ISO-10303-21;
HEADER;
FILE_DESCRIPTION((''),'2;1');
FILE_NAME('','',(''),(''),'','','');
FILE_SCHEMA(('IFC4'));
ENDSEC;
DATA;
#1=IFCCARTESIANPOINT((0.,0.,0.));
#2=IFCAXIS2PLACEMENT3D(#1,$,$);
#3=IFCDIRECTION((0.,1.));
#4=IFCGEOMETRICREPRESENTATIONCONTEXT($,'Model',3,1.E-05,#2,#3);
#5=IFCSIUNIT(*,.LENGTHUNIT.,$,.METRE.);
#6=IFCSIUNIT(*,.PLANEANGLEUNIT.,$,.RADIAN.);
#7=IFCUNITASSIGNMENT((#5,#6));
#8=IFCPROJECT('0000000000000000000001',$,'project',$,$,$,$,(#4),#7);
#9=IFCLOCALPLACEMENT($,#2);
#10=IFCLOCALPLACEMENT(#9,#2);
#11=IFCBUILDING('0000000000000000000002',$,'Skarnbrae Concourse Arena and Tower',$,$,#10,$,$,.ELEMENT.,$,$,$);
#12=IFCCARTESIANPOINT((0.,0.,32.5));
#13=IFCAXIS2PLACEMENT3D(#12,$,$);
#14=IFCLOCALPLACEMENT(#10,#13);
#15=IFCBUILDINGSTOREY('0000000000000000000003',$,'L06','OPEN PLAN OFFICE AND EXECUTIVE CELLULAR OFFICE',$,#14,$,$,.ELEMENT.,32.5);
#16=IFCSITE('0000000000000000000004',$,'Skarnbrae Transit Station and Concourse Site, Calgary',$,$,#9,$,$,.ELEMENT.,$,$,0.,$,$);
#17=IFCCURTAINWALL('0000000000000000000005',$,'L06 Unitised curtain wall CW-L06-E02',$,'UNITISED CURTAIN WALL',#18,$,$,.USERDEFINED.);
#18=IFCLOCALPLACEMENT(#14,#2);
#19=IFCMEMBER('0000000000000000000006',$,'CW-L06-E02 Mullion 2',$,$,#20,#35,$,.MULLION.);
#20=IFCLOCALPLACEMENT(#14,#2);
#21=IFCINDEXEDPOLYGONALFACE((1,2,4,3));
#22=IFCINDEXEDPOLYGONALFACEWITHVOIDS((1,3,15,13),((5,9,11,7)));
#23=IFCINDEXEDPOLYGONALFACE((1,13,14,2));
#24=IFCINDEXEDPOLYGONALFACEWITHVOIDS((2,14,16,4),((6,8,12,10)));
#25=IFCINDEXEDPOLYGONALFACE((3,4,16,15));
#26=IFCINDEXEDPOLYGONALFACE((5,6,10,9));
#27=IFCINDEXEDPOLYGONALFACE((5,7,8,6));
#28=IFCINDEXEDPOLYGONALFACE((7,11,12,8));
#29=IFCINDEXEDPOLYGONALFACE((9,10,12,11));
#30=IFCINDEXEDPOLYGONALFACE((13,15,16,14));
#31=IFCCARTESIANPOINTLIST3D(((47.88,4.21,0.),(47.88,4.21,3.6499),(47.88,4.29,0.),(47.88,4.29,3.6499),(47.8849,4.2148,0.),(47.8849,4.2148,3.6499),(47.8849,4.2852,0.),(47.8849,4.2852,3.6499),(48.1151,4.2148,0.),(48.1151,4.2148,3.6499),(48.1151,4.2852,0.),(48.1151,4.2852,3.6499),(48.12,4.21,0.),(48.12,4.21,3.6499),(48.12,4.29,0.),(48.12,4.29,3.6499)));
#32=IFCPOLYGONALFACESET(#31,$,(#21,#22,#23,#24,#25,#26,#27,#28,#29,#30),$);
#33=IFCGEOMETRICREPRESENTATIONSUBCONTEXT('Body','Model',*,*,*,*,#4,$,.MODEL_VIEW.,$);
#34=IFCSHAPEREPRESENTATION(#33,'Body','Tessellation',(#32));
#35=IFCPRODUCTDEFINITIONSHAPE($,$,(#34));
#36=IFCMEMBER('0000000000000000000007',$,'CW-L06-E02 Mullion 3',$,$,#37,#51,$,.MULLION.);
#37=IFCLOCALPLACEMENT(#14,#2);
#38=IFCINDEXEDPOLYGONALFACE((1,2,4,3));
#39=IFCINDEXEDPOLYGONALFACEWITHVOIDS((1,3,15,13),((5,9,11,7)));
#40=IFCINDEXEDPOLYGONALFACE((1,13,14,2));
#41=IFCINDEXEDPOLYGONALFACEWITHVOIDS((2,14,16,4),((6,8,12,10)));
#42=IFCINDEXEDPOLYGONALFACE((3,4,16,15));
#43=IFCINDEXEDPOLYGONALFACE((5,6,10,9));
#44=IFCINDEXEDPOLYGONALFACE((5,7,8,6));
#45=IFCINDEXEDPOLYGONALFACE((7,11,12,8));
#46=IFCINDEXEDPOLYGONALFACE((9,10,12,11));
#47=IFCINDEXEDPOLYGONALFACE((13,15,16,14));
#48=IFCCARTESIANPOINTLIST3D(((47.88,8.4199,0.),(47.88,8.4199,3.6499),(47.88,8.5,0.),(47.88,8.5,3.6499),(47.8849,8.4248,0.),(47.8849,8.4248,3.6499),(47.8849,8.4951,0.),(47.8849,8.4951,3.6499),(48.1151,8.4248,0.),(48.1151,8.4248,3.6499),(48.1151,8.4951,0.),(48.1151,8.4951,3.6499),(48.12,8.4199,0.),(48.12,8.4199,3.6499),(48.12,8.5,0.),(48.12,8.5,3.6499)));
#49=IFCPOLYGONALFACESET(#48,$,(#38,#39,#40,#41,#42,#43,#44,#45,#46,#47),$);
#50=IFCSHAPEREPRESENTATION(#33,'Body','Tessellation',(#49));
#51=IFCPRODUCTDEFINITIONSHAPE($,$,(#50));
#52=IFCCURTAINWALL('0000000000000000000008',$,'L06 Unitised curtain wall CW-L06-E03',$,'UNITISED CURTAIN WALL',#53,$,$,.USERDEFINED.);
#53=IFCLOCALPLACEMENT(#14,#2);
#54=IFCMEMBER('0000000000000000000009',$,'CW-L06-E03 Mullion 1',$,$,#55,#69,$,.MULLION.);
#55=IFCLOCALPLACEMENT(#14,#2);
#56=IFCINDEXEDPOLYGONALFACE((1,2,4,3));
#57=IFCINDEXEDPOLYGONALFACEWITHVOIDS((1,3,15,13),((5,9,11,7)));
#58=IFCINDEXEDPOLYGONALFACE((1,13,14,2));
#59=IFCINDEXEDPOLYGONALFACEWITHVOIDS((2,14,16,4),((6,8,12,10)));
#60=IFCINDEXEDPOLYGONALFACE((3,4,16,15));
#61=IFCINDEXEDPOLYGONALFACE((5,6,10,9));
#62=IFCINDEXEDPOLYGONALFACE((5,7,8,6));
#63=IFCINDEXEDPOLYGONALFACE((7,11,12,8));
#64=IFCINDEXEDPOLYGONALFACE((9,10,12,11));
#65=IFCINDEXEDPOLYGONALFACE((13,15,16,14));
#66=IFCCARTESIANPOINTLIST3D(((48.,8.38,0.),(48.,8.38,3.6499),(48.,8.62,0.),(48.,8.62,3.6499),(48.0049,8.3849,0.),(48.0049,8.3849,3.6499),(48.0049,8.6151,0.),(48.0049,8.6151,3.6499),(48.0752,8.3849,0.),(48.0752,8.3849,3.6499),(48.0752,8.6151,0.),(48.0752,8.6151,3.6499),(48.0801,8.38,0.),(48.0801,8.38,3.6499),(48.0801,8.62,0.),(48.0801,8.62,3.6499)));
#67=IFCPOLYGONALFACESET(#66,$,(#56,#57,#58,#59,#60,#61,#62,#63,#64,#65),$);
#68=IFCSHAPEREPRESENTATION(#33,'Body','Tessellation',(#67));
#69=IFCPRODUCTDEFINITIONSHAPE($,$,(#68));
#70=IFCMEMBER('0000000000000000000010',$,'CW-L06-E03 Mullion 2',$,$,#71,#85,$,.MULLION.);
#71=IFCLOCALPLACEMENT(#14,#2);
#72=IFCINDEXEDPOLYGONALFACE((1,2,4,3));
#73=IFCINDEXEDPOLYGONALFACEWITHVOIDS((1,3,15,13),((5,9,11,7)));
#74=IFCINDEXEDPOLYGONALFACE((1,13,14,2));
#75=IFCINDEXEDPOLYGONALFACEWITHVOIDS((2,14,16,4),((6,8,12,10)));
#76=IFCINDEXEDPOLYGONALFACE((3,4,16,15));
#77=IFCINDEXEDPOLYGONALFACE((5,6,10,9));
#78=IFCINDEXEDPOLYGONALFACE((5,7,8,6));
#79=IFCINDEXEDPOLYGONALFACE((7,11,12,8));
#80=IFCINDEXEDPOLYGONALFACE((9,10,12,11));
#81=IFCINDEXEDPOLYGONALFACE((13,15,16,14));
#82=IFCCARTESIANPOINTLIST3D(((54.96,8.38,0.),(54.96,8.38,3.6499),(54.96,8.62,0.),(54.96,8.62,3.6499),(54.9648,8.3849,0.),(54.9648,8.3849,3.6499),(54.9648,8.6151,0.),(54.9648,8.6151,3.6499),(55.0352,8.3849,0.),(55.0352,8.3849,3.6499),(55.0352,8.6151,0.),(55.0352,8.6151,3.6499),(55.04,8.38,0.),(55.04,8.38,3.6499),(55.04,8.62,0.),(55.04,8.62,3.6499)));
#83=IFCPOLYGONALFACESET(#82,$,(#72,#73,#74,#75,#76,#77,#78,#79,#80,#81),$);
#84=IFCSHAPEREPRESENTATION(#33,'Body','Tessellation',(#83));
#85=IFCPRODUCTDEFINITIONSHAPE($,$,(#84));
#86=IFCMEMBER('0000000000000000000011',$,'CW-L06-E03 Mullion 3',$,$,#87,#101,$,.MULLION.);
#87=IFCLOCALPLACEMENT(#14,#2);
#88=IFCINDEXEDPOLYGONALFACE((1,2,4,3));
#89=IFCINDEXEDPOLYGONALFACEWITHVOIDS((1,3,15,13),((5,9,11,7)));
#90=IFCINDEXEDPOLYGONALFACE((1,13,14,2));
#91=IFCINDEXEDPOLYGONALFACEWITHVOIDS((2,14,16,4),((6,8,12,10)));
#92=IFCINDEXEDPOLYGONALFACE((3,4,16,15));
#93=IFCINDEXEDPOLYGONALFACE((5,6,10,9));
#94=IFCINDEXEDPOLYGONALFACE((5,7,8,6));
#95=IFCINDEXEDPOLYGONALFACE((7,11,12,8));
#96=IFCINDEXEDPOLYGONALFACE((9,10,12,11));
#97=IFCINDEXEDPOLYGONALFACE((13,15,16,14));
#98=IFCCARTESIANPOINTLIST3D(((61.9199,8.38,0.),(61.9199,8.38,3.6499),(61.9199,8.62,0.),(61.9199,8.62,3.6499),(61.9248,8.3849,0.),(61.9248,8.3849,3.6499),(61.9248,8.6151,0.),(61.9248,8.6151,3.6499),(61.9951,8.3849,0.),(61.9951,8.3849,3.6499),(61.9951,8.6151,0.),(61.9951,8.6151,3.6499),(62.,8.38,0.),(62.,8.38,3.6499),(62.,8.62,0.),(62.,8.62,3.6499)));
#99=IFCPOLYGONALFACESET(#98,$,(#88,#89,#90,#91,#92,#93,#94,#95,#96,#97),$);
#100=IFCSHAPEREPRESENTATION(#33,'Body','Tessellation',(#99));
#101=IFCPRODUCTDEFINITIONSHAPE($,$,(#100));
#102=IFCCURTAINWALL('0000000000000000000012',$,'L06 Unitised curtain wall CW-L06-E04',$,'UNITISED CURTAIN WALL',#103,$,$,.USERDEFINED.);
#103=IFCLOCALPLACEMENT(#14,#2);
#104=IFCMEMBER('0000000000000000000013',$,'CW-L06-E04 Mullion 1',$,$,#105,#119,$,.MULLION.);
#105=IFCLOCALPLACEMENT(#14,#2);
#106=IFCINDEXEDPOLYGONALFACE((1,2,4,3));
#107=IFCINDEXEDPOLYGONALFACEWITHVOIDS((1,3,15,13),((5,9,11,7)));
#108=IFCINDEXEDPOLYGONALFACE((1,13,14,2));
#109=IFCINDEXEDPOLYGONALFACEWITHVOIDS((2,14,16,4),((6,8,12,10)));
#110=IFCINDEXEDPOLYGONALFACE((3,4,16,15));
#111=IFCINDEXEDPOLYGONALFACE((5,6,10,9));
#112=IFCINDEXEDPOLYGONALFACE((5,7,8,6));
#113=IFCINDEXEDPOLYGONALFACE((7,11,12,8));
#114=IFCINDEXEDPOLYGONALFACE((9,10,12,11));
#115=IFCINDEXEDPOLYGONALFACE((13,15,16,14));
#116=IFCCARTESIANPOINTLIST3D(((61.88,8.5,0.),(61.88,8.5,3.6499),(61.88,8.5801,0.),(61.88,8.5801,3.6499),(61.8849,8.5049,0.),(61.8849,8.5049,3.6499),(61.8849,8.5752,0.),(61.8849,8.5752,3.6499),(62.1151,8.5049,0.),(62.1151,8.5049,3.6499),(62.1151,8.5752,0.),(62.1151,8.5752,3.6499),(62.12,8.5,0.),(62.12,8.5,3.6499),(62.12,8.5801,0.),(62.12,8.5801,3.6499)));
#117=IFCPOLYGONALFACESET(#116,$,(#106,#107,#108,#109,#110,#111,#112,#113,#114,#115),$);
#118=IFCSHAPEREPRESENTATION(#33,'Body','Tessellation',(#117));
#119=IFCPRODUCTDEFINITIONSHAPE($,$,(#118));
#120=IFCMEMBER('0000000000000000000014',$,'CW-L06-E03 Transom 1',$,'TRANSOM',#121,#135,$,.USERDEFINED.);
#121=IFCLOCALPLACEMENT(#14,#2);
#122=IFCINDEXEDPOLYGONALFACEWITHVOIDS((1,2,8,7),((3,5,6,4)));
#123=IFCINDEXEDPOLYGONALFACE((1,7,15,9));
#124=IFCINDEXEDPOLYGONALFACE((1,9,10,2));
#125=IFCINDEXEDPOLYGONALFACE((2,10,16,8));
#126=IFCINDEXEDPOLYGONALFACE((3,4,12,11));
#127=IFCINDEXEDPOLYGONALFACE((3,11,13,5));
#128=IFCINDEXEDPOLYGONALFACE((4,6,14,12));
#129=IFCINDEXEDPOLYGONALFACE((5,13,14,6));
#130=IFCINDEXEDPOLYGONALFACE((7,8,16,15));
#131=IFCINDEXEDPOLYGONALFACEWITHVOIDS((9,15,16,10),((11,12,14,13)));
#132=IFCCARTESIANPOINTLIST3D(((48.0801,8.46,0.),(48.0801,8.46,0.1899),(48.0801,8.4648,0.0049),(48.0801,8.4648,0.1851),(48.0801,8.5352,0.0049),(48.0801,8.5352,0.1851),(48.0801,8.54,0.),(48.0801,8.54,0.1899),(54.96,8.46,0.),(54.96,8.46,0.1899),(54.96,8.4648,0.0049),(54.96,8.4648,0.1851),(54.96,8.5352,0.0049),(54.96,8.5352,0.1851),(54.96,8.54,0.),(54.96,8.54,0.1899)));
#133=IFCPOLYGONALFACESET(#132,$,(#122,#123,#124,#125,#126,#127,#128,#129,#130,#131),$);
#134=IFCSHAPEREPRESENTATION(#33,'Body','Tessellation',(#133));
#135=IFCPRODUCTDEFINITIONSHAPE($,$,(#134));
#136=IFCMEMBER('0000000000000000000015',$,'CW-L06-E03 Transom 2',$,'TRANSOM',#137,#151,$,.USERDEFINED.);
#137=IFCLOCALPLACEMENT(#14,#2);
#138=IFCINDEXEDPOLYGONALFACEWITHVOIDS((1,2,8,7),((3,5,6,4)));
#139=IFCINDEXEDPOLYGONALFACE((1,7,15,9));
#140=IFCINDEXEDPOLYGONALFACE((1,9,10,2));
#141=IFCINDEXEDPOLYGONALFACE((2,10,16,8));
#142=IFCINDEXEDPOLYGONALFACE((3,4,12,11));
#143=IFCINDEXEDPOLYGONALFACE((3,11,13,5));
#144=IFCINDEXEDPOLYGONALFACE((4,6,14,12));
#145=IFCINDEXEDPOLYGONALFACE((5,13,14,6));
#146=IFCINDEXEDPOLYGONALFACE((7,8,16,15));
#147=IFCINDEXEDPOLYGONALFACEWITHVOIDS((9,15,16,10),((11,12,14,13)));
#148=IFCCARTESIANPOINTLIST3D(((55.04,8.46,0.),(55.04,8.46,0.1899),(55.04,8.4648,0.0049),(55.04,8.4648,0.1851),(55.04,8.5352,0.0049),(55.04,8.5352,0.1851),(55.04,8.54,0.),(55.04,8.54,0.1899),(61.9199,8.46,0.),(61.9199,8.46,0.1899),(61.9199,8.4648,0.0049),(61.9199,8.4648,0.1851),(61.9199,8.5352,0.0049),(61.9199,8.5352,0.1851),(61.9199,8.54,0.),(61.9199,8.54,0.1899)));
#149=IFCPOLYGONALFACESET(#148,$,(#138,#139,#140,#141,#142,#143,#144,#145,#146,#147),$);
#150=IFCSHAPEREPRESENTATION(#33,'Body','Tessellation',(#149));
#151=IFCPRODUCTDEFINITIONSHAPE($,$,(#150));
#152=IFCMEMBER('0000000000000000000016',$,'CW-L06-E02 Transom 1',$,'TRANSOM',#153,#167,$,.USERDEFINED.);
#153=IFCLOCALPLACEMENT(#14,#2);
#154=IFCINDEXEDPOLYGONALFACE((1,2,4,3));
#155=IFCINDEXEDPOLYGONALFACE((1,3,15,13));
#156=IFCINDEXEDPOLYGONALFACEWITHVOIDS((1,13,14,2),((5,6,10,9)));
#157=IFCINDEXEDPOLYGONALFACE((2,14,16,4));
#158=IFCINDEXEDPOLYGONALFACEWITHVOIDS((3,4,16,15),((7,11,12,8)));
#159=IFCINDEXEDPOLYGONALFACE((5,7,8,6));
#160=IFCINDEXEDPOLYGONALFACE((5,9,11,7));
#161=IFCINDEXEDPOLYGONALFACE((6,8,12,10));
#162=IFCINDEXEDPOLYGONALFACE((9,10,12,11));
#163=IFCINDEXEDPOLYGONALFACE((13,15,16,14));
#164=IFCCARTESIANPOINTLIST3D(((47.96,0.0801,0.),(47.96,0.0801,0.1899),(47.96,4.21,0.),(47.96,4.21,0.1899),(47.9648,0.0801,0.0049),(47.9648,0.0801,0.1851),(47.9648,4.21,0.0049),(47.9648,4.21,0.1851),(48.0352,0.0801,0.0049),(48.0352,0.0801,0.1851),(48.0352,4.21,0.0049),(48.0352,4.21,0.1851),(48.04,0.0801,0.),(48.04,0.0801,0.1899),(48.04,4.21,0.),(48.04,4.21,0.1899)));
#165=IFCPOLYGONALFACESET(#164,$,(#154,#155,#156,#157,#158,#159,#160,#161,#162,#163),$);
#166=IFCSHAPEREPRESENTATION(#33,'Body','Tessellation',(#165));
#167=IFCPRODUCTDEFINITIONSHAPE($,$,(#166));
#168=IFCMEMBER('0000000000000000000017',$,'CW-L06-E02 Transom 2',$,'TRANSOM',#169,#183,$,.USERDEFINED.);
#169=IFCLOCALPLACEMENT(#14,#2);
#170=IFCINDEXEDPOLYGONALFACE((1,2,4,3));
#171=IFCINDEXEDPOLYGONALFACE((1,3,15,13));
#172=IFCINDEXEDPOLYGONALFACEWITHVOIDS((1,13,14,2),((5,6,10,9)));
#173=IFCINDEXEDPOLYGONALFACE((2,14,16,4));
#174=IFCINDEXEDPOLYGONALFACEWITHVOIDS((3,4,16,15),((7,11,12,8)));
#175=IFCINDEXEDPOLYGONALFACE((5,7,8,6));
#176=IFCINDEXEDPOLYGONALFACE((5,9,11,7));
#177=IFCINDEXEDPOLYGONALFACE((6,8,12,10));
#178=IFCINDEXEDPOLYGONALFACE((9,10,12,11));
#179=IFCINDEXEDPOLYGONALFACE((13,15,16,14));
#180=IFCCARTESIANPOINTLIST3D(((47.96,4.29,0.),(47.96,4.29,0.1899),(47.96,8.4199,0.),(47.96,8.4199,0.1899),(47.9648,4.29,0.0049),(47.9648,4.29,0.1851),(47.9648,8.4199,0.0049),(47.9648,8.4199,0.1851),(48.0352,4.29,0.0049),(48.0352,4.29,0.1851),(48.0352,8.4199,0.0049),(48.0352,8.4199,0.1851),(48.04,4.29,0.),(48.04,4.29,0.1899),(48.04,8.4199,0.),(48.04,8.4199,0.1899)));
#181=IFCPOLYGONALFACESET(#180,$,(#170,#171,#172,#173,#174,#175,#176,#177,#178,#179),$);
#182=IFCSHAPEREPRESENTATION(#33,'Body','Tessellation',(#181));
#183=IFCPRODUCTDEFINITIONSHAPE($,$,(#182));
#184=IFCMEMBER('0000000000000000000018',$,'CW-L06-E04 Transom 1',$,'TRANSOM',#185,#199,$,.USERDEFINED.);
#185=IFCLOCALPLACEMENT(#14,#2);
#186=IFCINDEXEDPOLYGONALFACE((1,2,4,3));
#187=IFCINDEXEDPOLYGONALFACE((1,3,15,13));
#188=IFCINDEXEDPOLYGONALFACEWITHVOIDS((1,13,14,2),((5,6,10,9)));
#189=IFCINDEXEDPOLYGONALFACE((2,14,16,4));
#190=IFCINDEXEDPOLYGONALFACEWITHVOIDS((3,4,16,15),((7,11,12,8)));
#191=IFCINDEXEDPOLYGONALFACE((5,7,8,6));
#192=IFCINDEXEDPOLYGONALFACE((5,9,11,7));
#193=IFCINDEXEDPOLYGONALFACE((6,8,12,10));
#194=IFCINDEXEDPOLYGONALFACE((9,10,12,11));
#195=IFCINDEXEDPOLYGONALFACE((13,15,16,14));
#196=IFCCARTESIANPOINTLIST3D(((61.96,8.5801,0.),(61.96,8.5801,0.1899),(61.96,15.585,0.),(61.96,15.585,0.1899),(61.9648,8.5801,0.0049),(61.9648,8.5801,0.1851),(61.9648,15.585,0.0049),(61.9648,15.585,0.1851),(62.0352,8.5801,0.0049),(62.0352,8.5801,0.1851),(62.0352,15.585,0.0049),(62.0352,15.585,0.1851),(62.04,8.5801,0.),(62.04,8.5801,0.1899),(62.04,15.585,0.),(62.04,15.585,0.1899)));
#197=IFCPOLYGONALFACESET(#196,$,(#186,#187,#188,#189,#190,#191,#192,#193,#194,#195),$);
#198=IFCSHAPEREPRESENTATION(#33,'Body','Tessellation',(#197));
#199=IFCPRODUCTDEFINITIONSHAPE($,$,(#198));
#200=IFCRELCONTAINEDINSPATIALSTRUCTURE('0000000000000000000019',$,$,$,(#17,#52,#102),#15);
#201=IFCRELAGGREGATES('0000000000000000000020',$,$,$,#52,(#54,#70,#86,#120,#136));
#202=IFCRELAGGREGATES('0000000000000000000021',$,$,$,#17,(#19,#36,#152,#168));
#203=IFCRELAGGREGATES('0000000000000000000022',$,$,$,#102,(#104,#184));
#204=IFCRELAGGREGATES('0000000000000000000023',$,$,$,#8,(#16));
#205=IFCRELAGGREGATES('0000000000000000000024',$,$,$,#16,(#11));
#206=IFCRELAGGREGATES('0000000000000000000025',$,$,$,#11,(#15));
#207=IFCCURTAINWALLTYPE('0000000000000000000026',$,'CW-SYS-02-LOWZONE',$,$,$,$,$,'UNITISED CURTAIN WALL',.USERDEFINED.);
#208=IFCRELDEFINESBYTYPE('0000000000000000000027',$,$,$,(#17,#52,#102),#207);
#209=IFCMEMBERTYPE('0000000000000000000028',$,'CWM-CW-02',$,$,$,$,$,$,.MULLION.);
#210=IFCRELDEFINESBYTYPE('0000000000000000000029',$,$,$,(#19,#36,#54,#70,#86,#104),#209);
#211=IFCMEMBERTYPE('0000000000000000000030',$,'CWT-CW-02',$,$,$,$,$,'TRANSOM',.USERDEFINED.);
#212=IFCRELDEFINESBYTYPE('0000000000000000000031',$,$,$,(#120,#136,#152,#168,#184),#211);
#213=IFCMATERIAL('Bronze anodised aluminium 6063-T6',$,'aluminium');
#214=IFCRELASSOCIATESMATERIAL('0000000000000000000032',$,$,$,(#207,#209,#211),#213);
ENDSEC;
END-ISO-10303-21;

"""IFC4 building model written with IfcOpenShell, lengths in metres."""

from ifc_helpers import new_model, si_unit, direction, frame, origin, origin_2d, place, context, subcontext, project, spatial, hollow_rectangle, extrude, source, transform, mapped, material, material_profile, profile_set, type_object, element, aggregate, save


model = new_model("IFC4")

# Units and contexts
model_context = context("Model", 3, precision=1e-05, world=origin(), true_north=direction((0.0, 1.0)))
body_context = subcontext(model_context, "Body", "Model", "MODEL_VIEW")
ifc_project = project(units=[si_unit("LENGTHUNIT", "METRE"), si_unit("PLANEANGLEUNIT", "RADIAN")], contexts=[model_context])

# Site, building, storey
site_placement = place(None, origin())
site = spatial("IfcSite", under=ifc_project, at=site_placement, Name="Skarnbrae Transit Station and Concourse Site, Calgary", CompositionType="ELEMENT", RefElevation=0.0)
building_placement = place(site_placement, origin())
building = spatial("IfcBuilding", under=site, at=building_placement, Name="Skarnbrae Concourse Arena and Tower", CompositionType="ELEMENT")
storey_placement = place(building_placement, frame((0.0, 0.0, 32.5)))
storey = spatial("IfcBuildingStorey", under=building, at=storey_placement, Name="L06", Description="OPEN PLAN OFFICE AND EXECUTIVE CELLULAR OFFICE", CompositionType="ELEMENT", Elevation=32.5)

# Shared definitions
ifc_material_1 = material(Name="Bronze anodised aluminium 6063-T6", Category="aluminium")
curtain_wall_type = type_object("IfcCurtainWallType", Name="CW-SYS-02-LOWZONE", ElementType="UNITISED CURTAIN WALL", PredefinedType="USERDEFINED", material=ifc_material_1)
ifc_material_profile_1 = material_profile(ifc_material_1, hollow_rectangle(XDim=0.0801, YDim=0.24, WallThickness=0.0049, at=origin_2d()), Name="ALU-MULL-80X240")
ifc_profile_set_1 = profile_set([ifc_material_profile_1], Name="Bronze anodised aluminium 6063-T6")
member_type_1 = type_object("IfcMemberType", Name="CWM-CW-02", PredefinedType="MULLION", material=ifc_profile_set_1)
shared_shape_1 = source(origin(), body_context, "Body", "SweptSolid", [
    extrude(hollow_rectangle(XDim=0.0801, YDim=0.24, WallThickness=0.0049, at=origin_2d()), origin(), (0.0, 0.0, 1.0), 3.6499),
])

# Curtain walls, members
curtain_wall_1_placement = place(storey_placement, origin())
curtain_wall_1 = element("IfcCurtainWall", 1, at=curtain_wall_1_placement, inside=storey, type_object=curtain_wall_type, Name="L06 Unitised curtain wall CW-L06-E02", ObjectType="UNITISED CURTAIN WALL", PredefinedType="USERDEFINED")
member_1_placement = place(storey_placement, frame((48.0, 4.25, 0.0), z_axis=(0.0, 0.0, 1.0), x_axis=(0.0, 1.0, 0.0)))
member_1 = element("IfcMember", 2, at=member_1_placement, type_object=member_type_1, Name="CW-L06-E02 Mullion 2", PredefinedType="MULLION", context=body_context, shape_type="MappedRepresentation", body=[
    mapped(shared_shape_1, transform((0.0, 0.0, 0.0))),
])
member_2_placement = place(storey_placement, frame((48.0, 8.46, 0.0), z_axis=(0.0, 0.0, 1.0), x_axis=(0.0, 1.0, 0.0)))
member_2 = element("IfcMember", 3, at=member_2_placement, type_object=member_type_1, Name="CW-L06-E02 Mullion 3", PredefinedType="MULLION", context=body_context, shape_type="MappedRepresentation", body=[
    mapped(shared_shape_1, transform((0.0, 0.0, 0.0))),
])
curtain_wall_2_placement = place(storey_placement, origin())
curtain_wall_2 = element("IfcCurtainWall", 4, at=curtain_wall_2_placement, inside=storey, type_object=curtain_wall_type, Name="L06 Unitised curtain wall CW-L06-E03", ObjectType="UNITISED CURTAIN WALL", PredefinedType="USERDEFINED")
member_3_placement = place(storey_placement, frame((48.04, 8.5, 0.0), z_axis=(0.0, 0.0, 1.0), x_axis=(1.0, 0.0, 0.0)))
member_3 = element("IfcMember", 5, at=member_3_placement, type_object=member_type_1, Name="CW-L06-E03 Mullion 1", PredefinedType="MULLION", context=body_context, shape_type="MappedRepresentation", body=[
    mapped(shared_shape_1, transform((0.0, 0.0, 0.0))),
])
member_4_placement = place(storey_placement, frame((55.0, 8.5, 0.0), z_axis=(0.0, 0.0, 1.0), x_axis=(1.0, 0.0, 0.0)))
member_4 = element("IfcMember", 6, at=member_4_placement, type_object=member_type_1, Name="CW-L06-E03 Mullion 2", PredefinedType="MULLION", context=body_context, shape_type="MappedRepresentation", body=[
    mapped(shared_shape_1, transform((0.0, 0.0, 0.0))),
])
member_5_placement = place(storey_placement, frame((61.96, 8.5, 0.0), z_axis=(0.0, 0.0, 1.0), x_axis=(1.0, 0.0, 0.0)))
member_5 = element("IfcMember", 7, at=member_5_placement, type_object=member_type_1, Name="CW-L06-E03 Mullion 3", PredefinedType="MULLION", context=body_context, shape_type="MappedRepresentation", body=[
    mapped(shared_shape_1, transform((0.0, 0.0, 0.0))),
])

# Curtain wall, member
curtain_wall_3_placement = place(storey_placement, origin())
curtain_wall_3 = element("IfcCurtainWall", 8, at=curtain_wall_3_placement, inside=storey, type_object=curtain_wall_type, Name="L06 Unitised curtain wall CW-L06-E04", ObjectType="UNITISED CURTAIN WALL", PredefinedType="USERDEFINED")
member_6_placement = place(storey_placement, frame((62.0, 8.54, 0.0), z_axis=(0.0, 0.0, 1.0), x_axis=(0.0, 1.0, 0.0)))
member_6 = element("IfcMember", 9, at=member_6_placement, type_object=member_type_1, Name="CW-L06-E04 Mullion 1", PredefinedType="MULLION", context=body_context, shape_type="MappedRepresentation", body=[
    mapped(shared_shape_1, transform((0.0, 0.0, 0.0))),
])

# Members
ifc_material_profile_2 = material_profile(ifc_material_1, hollow_rectangle(XDim=0.0801, YDim=0.1899, WallThickness=0.0049, at=origin_2d()), Name="ALU-TRAN-80X190")
ifc_profile_set_2 = profile_set([ifc_material_profile_2], Name="Bronze anodised aluminium 6063-T6")
member_type_2 = type_object("IfcMemberType", Name="CWT-CW-02", ElementType="TRANSOM", PredefinedType="USERDEFINED", material=ifc_profile_set_2)
shared_shape_2 = source(origin(), body_context, "Body", "SweptSolid", [
    extrude(hollow_rectangle(XDim=0.0801, YDim=0.1899, WallThickness=0.0049, at=origin_2d()), origin(), (0.0, 0.0, 1.0), 6.8799),
])
member_7_placement = place(storey_placement, frame((48.0801, 8.5, 0.095), z_axis=(1.0, 0.0, 0.0), x_axis=(0.0, 1.0, 0.0)))
member_7 = element("IfcMember", 10, at=member_7_placement, type_object=member_type_2, Name="CW-L06-E03 Transom 1", ObjectType="TRANSOM", PredefinedType="USERDEFINED", context=body_context, shape_type="MappedRepresentation", body=[
    mapped(shared_shape_2, transform((0.0, 0.0, 0.0))),
])
member_8_placement = place(storey_placement, frame((55.04, 8.5, 0.095), z_axis=(1.0, 0.0, 0.0), x_axis=(0.0, 1.0, 0.0)))
member_8 = element("IfcMember", 11, at=member_8_placement, type_object=member_type_2, Name="CW-L06-E03 Transom 2", ObjectType="TRANSOM", PredefinedType="USERDEFINED", context=body_context, shape_type="MappedRepresentation", body=[
    mapped(shared_shape_2, transform((0.0, 0.0, 0.0))),
])
shared_shape_3 = source(origin(), body_context, "Body", "SweptSolid", [
    extrude(hollow_rectangle(XDim=0.0801, YDim=0.1899, WallThickness=0.0049, at=origin_2d()), origin(), (0.0, 0.0, 1.0), 4.1299),
])
member_9_placement = place(storey_placement, frame((48.0, 0.0801, 0.095), z_axis=(0.0, 1.0, 0.0), x_axis=(-1.0, 0.0, 0.0)))
member_9 = element("IfcMember", 12, at=member_9_placement, type_object=member_type_2, Name="CW-L06-E02 Transom 1", ObjectType="TRANSOM", PredefinedType="USERDEFINED", context=body_context, shape_type="MappedRepresentation", body=[
    mapped(shared_shape_3, transform((0.0, 0.0, 0.0))),
])
member_10_placement = place(storey_placement, frame((48.0, 4.29, 0.095), z_axis=(0.0, 1.0, 0.0), x_axis=(-1.0, 0.0, 0.0)))
member_10 = element("IfcMember", 13, at=member_10_placement, type_object=member_type_2, Name="CW-L06-E02 Transom 2", ObjectType="TRANSOM", PredefinedType="USERDEFINED", context=body_context, shape_type="MappedRepresentation", body=[
    mapped(shared_shape_3, transform((0.0, 0.0, 0.0))),
])
shared_shape_4 = source(origin(), body_context, "Body", "SweptSolid", [
    extrude(hollow_rectangle(XDim=0.0801, YDim=0.1899, WallThickness=0.0049, at=origin_2d()), origin(), (0.0, 0.0, 1.0), 7.0049),
])
member_11_placement = place(storey_placement, frame((62.0, 8.5801, 0.095), z_axis=(0.0, 1.0, 0.0), x_axis=(-1.0, 0.0, 0.0)))
member_11 = element("IfcMember", 14, at=member_11_placement, type_object=member_type_2, Name="CW-L06-E04 Transom 1", ObjectType="TRANSOM", PredefinedType="USERDEFINED", context=body_context, shape_type="MappedRepresentation", body=[
    mapped(shared_shape_4, transform((0.0, 0.0, 0.0))),
])

aggregate(curtain_wall_2, [member_3, member_4, member_5, member_7, member_8])
aggregate(curtain_wall_1, [member_1, member_2, member_9, member_10])
aggregate(curtain_wall_3, [member_6, member_11])

save(model, "model.ifc")
